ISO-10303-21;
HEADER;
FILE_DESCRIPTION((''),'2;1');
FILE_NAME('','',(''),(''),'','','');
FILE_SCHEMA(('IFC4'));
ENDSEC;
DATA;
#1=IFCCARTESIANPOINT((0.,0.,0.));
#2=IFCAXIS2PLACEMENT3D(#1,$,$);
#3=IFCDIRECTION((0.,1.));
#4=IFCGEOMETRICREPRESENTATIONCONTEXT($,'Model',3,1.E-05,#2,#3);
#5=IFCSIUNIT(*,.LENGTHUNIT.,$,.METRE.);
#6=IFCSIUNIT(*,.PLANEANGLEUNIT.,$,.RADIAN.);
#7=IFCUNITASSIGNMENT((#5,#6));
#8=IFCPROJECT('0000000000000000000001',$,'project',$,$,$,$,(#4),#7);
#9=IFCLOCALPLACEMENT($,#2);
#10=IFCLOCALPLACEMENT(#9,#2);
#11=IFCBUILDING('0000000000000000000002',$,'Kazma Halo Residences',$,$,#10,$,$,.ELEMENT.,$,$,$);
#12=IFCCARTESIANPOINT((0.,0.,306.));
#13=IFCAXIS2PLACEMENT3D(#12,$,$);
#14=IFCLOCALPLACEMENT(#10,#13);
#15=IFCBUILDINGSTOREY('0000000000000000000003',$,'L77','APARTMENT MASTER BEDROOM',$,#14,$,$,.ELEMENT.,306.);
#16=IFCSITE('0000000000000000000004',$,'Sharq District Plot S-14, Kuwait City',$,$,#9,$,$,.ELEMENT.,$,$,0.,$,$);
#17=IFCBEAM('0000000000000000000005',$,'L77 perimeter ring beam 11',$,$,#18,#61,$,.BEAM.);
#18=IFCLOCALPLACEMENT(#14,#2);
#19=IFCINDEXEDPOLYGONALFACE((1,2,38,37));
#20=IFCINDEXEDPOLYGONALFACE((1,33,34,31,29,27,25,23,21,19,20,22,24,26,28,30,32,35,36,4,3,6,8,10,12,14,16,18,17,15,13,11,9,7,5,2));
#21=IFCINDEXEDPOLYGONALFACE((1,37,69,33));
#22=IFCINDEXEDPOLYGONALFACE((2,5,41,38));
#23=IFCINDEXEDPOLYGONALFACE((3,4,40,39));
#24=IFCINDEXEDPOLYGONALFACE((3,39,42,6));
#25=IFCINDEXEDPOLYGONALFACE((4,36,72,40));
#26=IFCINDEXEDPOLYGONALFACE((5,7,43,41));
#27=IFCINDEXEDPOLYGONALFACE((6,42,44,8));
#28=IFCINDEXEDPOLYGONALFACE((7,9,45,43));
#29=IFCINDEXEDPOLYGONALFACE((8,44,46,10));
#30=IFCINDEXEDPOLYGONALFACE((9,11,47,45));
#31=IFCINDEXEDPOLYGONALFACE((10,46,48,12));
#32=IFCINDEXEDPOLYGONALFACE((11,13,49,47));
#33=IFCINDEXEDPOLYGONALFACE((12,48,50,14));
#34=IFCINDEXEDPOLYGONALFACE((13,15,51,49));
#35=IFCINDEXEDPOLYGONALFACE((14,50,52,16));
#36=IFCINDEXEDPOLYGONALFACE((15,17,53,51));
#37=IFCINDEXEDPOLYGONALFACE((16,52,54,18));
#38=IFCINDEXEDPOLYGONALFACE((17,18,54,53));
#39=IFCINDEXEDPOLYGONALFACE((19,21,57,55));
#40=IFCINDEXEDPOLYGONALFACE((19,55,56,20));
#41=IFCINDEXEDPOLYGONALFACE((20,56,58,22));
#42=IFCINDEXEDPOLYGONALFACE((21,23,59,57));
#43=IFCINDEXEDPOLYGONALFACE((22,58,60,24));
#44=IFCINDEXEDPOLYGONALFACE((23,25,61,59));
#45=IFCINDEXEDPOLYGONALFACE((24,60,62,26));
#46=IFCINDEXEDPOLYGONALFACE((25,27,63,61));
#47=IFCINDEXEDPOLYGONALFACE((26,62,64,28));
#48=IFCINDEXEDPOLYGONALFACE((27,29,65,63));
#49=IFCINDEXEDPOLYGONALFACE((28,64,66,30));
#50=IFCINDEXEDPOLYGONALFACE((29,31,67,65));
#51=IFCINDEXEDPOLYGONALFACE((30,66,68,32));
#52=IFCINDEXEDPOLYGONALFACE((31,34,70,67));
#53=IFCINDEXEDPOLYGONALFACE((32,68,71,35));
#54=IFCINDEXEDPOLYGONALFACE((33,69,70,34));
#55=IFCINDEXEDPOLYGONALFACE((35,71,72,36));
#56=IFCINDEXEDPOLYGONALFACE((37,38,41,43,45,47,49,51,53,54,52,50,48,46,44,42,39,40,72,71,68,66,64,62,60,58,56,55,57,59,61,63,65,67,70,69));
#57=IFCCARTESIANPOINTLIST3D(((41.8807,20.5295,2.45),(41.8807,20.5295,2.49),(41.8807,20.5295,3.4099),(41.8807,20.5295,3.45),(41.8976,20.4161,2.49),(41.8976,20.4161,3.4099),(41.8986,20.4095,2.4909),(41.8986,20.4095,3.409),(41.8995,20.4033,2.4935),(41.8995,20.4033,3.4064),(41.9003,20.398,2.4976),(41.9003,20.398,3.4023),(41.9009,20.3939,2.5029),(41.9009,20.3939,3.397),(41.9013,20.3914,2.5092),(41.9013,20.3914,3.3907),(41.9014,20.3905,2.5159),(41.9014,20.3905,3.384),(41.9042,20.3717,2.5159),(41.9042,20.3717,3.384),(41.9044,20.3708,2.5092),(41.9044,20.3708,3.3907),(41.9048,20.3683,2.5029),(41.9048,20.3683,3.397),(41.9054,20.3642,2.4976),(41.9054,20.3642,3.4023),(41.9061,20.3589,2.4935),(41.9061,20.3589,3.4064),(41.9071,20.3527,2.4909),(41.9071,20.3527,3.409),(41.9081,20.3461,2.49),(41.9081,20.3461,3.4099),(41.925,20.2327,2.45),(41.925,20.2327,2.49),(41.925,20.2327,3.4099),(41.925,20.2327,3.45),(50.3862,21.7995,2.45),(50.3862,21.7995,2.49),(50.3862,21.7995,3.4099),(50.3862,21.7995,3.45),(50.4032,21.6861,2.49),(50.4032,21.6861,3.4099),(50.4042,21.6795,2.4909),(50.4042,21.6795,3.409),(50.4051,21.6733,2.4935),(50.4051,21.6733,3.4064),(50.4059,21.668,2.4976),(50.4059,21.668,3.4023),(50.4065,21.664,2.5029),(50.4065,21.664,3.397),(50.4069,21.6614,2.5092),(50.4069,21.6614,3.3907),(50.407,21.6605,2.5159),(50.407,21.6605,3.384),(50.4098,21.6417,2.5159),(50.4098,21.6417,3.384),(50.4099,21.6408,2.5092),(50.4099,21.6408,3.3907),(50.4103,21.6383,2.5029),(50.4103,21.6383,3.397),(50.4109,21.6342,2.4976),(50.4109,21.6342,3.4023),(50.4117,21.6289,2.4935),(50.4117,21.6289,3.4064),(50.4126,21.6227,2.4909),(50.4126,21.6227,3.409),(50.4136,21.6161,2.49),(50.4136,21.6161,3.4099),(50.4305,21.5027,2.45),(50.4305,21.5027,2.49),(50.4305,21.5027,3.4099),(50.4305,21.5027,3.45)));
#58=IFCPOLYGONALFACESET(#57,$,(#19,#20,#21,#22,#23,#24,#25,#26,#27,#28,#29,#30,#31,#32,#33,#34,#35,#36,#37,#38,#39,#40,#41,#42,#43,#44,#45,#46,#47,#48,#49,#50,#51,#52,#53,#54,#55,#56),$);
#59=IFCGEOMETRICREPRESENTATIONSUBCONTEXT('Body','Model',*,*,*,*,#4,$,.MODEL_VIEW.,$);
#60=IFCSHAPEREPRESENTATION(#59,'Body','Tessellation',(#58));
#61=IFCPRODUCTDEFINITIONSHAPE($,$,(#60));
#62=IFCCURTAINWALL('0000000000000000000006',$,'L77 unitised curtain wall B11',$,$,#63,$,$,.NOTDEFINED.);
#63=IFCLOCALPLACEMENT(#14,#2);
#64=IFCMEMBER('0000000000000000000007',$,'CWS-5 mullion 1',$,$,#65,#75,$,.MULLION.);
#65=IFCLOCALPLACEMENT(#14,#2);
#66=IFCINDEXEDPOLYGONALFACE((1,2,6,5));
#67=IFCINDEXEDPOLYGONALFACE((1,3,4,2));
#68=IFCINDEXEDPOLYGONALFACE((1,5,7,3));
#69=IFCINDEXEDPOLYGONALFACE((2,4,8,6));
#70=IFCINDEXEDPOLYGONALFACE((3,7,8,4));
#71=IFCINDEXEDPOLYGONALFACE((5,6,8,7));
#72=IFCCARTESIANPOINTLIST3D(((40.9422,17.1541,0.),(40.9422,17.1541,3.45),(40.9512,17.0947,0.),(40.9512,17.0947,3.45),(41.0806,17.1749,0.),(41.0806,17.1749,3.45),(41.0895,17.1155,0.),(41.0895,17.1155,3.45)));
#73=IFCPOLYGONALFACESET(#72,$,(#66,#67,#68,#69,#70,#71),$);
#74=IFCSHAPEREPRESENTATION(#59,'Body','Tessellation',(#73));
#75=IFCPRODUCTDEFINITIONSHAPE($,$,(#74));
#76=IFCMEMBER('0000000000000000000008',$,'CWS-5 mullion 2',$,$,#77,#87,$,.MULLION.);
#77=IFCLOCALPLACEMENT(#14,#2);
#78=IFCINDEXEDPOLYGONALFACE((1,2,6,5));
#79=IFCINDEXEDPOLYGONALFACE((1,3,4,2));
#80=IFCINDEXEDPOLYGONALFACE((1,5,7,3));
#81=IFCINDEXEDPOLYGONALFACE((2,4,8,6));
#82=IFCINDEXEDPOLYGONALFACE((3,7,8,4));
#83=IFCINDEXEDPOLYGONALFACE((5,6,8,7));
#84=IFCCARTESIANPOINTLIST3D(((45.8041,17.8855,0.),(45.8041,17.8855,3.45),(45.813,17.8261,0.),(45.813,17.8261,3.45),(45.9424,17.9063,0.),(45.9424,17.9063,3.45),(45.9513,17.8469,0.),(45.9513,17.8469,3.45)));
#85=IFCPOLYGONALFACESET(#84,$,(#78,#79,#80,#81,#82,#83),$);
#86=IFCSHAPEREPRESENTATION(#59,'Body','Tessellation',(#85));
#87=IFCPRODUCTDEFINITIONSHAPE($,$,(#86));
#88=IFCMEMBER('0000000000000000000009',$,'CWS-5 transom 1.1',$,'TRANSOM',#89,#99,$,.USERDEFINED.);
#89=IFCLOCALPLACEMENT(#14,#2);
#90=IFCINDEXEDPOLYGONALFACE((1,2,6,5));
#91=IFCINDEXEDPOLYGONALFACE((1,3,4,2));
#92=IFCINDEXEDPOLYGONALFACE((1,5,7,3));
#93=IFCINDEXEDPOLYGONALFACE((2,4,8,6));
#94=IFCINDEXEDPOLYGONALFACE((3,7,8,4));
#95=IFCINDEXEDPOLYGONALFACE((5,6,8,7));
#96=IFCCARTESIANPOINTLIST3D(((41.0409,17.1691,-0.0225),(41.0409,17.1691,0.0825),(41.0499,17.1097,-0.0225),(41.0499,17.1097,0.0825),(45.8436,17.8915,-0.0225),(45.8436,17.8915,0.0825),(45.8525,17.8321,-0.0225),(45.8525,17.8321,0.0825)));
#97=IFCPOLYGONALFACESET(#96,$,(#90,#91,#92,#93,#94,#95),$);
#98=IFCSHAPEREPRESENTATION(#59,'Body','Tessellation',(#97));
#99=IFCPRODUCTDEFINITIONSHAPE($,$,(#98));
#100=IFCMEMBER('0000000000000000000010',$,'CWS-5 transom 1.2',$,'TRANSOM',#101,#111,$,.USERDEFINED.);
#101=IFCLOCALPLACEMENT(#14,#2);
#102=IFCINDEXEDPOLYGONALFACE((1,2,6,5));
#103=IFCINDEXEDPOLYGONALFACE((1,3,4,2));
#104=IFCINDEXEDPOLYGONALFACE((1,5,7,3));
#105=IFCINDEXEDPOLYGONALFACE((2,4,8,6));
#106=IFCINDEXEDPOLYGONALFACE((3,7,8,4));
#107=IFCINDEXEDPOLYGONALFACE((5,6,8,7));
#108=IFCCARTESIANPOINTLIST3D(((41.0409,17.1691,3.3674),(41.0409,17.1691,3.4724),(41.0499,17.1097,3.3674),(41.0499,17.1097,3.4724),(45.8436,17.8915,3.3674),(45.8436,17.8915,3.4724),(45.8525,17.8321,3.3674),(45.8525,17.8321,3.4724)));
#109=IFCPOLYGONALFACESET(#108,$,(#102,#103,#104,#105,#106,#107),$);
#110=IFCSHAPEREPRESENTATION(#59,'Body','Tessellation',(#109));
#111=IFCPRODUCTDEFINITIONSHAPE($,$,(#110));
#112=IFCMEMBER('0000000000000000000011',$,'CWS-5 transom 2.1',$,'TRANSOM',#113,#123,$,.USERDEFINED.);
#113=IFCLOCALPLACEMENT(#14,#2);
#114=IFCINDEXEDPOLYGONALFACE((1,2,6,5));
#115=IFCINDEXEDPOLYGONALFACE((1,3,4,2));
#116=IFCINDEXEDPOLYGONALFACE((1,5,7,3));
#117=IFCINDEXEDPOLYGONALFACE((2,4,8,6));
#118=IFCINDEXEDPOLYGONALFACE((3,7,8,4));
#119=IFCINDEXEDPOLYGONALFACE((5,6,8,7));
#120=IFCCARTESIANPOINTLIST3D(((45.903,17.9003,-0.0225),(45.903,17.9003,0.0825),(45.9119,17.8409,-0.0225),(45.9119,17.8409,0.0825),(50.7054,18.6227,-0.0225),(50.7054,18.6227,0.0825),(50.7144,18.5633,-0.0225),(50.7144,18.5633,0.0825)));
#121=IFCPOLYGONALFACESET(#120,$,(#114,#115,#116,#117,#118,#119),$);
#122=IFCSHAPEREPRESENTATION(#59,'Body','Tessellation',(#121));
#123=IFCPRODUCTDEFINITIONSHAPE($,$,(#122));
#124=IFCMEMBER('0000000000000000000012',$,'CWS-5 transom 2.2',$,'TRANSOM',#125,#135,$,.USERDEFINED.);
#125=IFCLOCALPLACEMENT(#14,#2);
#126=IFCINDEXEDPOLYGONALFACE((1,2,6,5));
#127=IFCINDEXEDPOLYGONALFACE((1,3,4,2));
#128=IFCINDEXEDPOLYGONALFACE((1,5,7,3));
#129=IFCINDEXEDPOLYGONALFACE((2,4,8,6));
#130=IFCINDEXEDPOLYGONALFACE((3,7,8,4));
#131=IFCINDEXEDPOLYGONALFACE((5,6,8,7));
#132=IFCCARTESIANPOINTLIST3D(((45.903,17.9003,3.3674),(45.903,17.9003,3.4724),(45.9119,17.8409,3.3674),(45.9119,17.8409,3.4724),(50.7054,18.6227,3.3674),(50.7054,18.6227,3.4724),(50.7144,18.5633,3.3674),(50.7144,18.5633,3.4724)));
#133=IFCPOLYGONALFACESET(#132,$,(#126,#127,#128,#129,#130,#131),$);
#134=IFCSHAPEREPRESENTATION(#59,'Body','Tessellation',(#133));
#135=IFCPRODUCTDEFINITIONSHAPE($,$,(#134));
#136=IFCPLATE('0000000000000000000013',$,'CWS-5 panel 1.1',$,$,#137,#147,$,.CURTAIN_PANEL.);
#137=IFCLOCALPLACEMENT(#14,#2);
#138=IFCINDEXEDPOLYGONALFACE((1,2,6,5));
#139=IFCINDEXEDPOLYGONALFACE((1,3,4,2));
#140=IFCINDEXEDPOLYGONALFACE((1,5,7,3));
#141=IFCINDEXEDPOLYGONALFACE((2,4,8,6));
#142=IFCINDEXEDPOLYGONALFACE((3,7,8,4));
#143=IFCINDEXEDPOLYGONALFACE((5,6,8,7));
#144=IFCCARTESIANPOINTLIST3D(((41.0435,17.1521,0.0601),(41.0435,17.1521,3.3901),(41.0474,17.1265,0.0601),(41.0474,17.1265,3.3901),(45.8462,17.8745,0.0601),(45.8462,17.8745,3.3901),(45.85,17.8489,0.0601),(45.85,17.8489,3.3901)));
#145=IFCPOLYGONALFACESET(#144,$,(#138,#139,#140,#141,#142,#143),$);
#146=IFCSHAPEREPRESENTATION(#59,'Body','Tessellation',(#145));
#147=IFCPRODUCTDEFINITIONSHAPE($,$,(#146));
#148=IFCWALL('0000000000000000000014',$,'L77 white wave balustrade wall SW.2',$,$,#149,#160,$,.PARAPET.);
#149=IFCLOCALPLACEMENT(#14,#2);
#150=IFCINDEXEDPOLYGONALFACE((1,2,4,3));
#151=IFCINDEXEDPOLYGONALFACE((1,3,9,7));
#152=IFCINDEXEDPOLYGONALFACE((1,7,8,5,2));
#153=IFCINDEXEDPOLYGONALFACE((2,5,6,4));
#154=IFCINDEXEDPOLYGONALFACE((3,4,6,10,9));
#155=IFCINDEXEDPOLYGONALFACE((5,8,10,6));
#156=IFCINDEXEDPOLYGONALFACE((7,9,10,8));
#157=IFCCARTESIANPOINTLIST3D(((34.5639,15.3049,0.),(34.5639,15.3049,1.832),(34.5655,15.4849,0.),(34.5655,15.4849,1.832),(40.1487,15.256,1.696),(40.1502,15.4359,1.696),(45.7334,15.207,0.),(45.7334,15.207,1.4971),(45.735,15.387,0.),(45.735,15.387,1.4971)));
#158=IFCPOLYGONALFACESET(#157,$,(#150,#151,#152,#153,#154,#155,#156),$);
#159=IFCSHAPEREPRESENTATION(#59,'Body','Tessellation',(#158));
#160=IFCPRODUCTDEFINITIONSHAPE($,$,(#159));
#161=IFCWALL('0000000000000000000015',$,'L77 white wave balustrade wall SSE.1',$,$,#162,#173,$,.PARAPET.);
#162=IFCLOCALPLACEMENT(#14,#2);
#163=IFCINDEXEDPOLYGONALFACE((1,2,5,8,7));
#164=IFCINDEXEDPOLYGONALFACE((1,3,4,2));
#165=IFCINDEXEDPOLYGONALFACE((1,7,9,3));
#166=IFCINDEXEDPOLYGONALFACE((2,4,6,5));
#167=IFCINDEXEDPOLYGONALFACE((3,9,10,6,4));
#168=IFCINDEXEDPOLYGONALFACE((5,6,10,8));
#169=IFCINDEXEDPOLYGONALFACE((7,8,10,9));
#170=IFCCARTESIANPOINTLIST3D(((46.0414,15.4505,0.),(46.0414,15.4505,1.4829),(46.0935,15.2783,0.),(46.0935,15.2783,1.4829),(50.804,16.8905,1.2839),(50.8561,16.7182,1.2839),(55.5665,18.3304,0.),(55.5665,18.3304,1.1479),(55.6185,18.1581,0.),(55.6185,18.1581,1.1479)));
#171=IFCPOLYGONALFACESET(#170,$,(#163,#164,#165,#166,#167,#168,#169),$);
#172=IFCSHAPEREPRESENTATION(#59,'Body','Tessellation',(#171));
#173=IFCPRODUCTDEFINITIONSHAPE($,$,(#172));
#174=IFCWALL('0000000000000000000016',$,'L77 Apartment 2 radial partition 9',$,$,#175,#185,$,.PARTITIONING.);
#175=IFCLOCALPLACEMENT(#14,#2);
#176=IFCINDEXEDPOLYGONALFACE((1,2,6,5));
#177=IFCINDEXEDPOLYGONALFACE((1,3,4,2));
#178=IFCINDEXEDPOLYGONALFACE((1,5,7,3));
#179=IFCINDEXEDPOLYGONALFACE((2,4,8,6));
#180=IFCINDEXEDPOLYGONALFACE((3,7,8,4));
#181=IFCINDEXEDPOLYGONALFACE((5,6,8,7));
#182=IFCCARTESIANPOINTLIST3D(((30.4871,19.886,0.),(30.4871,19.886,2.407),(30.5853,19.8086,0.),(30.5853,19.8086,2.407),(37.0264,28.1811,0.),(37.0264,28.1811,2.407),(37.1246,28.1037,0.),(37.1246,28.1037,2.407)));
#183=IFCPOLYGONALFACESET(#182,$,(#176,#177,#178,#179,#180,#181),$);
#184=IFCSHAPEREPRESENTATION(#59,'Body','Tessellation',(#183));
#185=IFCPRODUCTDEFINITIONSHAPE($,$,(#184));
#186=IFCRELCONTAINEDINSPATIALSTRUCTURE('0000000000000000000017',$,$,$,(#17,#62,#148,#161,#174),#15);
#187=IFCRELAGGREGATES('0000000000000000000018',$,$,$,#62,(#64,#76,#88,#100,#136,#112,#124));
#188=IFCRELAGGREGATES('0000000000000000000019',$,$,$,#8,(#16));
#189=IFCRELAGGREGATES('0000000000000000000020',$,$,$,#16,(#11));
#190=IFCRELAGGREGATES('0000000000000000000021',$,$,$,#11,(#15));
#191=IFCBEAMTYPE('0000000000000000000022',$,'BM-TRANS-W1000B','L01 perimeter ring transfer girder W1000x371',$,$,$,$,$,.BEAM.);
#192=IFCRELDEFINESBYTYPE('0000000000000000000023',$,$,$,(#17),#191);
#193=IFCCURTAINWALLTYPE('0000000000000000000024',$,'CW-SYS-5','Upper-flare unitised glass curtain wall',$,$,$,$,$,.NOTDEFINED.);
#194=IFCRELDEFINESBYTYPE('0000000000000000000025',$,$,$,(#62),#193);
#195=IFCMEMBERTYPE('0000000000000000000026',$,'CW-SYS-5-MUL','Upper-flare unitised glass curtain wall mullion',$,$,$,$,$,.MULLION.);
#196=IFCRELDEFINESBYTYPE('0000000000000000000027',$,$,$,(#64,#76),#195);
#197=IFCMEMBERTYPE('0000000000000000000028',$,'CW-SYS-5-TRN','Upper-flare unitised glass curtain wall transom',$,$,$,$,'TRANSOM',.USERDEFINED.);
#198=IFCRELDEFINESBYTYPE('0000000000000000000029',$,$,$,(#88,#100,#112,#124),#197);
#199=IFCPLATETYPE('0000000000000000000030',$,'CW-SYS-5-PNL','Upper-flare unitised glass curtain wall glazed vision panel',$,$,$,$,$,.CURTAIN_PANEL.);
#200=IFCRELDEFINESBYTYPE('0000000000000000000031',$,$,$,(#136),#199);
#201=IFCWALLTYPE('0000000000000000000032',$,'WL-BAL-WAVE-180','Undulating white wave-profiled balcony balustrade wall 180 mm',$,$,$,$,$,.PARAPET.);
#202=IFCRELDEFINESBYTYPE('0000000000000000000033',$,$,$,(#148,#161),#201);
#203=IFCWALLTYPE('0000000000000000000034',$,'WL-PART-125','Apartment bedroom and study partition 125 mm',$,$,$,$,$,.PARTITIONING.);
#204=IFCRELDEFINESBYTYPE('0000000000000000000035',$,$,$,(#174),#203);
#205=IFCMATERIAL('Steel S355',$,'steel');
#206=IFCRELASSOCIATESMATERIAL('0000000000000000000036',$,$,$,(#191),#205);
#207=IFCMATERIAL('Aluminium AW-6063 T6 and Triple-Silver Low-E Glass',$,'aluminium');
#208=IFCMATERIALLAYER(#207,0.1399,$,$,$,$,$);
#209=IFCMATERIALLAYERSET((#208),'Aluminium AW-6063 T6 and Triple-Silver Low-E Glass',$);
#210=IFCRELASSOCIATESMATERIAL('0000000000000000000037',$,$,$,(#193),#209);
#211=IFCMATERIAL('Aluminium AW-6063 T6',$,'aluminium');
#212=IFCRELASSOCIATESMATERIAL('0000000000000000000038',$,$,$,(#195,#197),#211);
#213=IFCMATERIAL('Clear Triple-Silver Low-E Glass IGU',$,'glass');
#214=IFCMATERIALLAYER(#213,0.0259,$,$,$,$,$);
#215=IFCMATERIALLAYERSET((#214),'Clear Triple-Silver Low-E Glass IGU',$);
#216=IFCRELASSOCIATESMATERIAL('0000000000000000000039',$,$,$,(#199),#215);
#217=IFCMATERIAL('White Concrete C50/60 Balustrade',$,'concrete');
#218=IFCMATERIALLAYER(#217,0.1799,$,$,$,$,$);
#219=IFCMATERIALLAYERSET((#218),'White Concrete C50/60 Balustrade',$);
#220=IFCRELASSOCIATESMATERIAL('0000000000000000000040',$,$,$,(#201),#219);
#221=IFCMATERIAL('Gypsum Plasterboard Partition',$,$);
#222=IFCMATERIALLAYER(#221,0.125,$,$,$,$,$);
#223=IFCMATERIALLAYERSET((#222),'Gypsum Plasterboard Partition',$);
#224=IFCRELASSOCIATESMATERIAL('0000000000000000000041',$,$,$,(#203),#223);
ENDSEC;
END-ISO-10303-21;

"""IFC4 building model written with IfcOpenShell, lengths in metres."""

from ifc_helpers import new_model, si_unit, direction, frame, frame_2d, origin, origin_2d, place, context, subcontext, project, spatial, polyline, rectangle, i_section, outline, extrude, material, layer, layer_set, material_profile, profile_set, type_object, element, aggregate, save


model = new_model("IFC4")

# Units and contexts
model_context = context("Model", 3, precision=1e-05, world=origin(), true_north=direction((0.0, 1.0)))
body_context = subcontext(model_context, "Body", "Model", "MODEL_VIEW")
ifc_project = project(units=[si_unit("LENGTHUNIT", "METRE"), si_unit("PLANEANGLEUNIT", "RADIAN")], contexts=[model_context])

# Site, building, storey
site_placement = place(None, origin())
site = spatial("IfcSite", under=ifc_project, at=site_placement, Name="Sharq District Plot S-14, Kuwait City", CompositionType="ELEMENT", RefElevation=0.0)
building_placement = place(site_placement, origin())
building = spatial("IfcBuilding", under=site, at=building_placement, Name="Kazma Halo Residences", CompositionType="ELEMENT")
storey_placement = place(building_placement, frame((0.0, 0.0, 306.0)))
storey = spatial("IfcBuildingStorey", under=building, at=storey_placement, Name="L77", Description="APARTMENT MASTER BEDROOM", CompositionType="ELEMENT", Elevation=306.0)

# Beam
ifc_material_1 = material(Name="Steel S355", Category="steel")
ifc_material_profile_1 = material_profile(ifc_material_1, i_section(OverallWidth=0.3, OverallDepth=1.0, WebThickness=0.019, FlangeThickness=0.04, FilletRadius=0.0259, at=origin_2d()), Name="W1000x371")
ifc_profile_set_1 = profile_set([ifc_material_profile_1], Name="Steel S355")
beam_type_1 = type_object("IfcBeamType", Name="BM-TRANS-W1000B", Description="L01 perimeter ring transfer girder W1000x371", PredefinedType="BEAM", material=ifc_profile_set_1)
beam_1_placement = place(storey_placement, frame((41.9028, 20.3811, 2.95), z_axis=(0.989035, 0.147678, 0.0), x_axis=(-0.147678, 0.989035, 0.0)))
element("IfcBeam", 1, at=beam_1_placement, inside=storey, type_object=beam_type_1, Name="L77 perimeter ring beam 11", PredefinedType="BEAM", context=body_context, shape_type="SweptSolid", body=[
    extrude(i_section(OverallWidth=0.3, OverallDepth=1.0, WebThickness=0.019, FlangeThickness=0.04, FilletRadius=0.0259, at=origin_2d()), origin(), (0.0, 0.0, 1.0), 8.5999),
])

# Curtain wall, members, plate
ifc_material_2 = material(Name="Aluminium AW-6063 T6 and Triple-Silver Low-E Glass", Category="aluminium")
ifc_layer_1 = layer(ifc_material_2, 0.1399)
ifc_layer_set_1 = layer_set([ifc_layer_1], Name="Aluminium AW-6063 T6 and Triple-Silver Low-E Glass")
curtain_wall_type = type_object("IfcCurtainWallType", Name="CW-SYS-5", Description="Upper-flare unitised glass curtain wall", PredefinedType="NOTDEFINED", material=ifc_layer_set_1)
curtain_wall_placement = place(storey_placement, origin())
curtain_wall = element("IfcCurtainWall", 2, at=curtain_wall_placement, inside=storey, type_object=curtain_wall_type, Name="L77 unitised curtain wall B11", PredefinedType="NOTDEFINED")
ifc_material_3 = material(Name="Aluminium AW-6063 T6", Category="aluminium")
ifc_material_profile_2 = material_profile(ifc_material_3, rectangle(XDim=0.0601, YDim=0.1399, at=origin_2d()), Name="CWM-60x140")
ifc_profile_set_2 = profile_set([ifc_material_profile_2], Name="Aluminium AW-6063 T6")
member_type_1 = type_object("IfcMemberType", Name="CW-SYS-5-MUL", Description="Upper-flare unitised glass curtain wall mullion", PredefinedType="MULLION", material=ifc_profile_set_2)
member_1_placement = place(storey_placement, frame((41.0159, 17.1348, 0.0), z_axis=(0.0, 0.0, 1.0), x_axis=(-0.148748, 0.988875, 0.0)))
member_1 = element("IfcMember", 3, at=member_1_placement, type_object=member_type_1, Name="CWS-5 mullion 1", PredefinedType="MULLION", context=body_context, shape_type="SweptSolid", body=[
    extrude(rectangle(XDim=0.0601, YDim=0.1399, at=origin_2d()), origin(), (0.0, 0.0, 1.0), 3.45),
])
member_2_placement = place(storey_placement, frame((45.8777, 17.8662, 0.0), z_axis=(0.0, 0.0, 1.0), x_axis=(-0.148748, 0.988875, 0.0)))
member_2 = element("IfcMember", 4, at=member_2_placement, type_object=member_type_1, Name="CWS-5 mullion 2", PredefinedType="MULLION", context=body_context, shape_type="SweptSolid", body=[
    extrude(rectangle(XDim=0.0601, YDim=0.1399, at=origin_2d()), origin(), (0.0, 0.0, 1.0), 3.45),
])
ifc_material_profile_3 = material_profile(ifc_material_3, rectangle(XDim=0.0601, YDim=0.105, at=origin_2d()), Name="CWT-60x105")
ifc_profile_set_3 = profile_set([ifc_material_profile_3], Name="Aluminium AW-6063 T6")
member_type_2 = type_object("IfcMemberType", Name="CW-SYS-5-TRN", Description="Upper-flare unitised glass curtain wall transom", ElementType="TRANSOM", PredefinedType="USERDEFINED", material=ifc_profile_set_3)
member_3_placement = place(storey_placement, frame((41.0454, 17.1394, 0.03), z_axis=(0.988876, 0.148744, 0.0), x_axis=(-0.148744, 0.988876, 0.0)))
member_3 = element("IfcMember", 5, at=member_3_placement, type_object=member_type_2, Name="CWS-5 transom 1.1", ObjectType="TRANSOM", PredefinedType="USERDEFINED", context=body_context, shape_type="SweptSolid", body=[
    extrude(rectangle(XDim=0.0601, YDim=0.105, at=origin_2d()), origin(), (0.0, 0.0, 1.0), 4.8567),
])
member_4_placement = place(storey_placement, frame((41.0454, 17.1394, 3.4199), z_axis=(0.988876, 0.148744, 0.0), x_axis=(-0.148744, 0.988876, 0.0)))
member_4 = element("IfcMember", 6, at=member_4_placement, type_object=member_type_2, Name="CWS-5 transom 1.2", ObjectType="TRANSOM", PredefinedType="USERDEFINED", context=body_context, shape_type="SweptSolid", body=[
    extrude(rectangle(XDim=0.0601, YDim=0.105, at=origin_2d()), origin(), (0.0, 0.0, 1.0), 4.8567),
])
member_5_placement = place(storey_placement, frame((45.9075, 17.8706, 0.03), z_axis=(0.988875, 0.148751, 0.0), x_axis=(-0.148751, 0.988875, 0.0)))
member_5 = element("IfcMember", 7, at=member_5_placement, type_object=member_type_2, Name="CWS-5 transom 2.1", ObjectType="TRANSOM", PredefinedType="USERDEFINED", context=body_context, shape_type="SweptSolid", body=[
    extrude(rectangle(XDim=0.0601, YDim=0.105, at=origin_2d()), origin(), (0.0, 0.0, 1.0), 4.8564),
])
member_6_placement = place(storey_placement, frame((45.9075, 17.8706, 3.4199), z_axis=(0.988875, 0.148751, 0.0), x_axis=(-0.148751, 0.988875, 0.0)))
member_6 = element("IfcMember", 8, at=member_6_placement, type_object=member_type_2, Name="CWS-5 transom 2.2", ObjectType="TRANSOM", PredefinedType="USERDEFINED", context=body_context, shape_type="SweptSolid", body=[
    extrude(rectangle(XDim=0.0601, YDim=0.105, at=origin_2d()), origin(), (0.0, 0.0, 1.0), 4.8564),
])
ifc_material_4 = material(Name="Clear Triple-Silver Low-E Glass IGU", Category="glass")
ifc_layer_2 = layer(ifc_material_4, 0.0259)
ifc_layer_set_2 = layer_set([ifc_layer_2], Name="Clear Triple-Silver Low-E Glass IGU")
plate_type = type_object("IfcPlateType", Name="CW-SYS-5-PNL", Description="Upper-flare unitised glass curtain wall glazed vision panel", PredefinedType="CURTAIN_PANEL", material=ifc_layer_set_2)
plate_placement = place(storey_placement, frame((43.4468, 17.5005, 0.0601), z_axis=(0.0, 0.0, 1.0), x_axis=(0.988875, 0.148748, 0.0)))
plate = element("IfcPlate", 9, at=plate_placement, type_object=plate_type, Name="CWS-5 panel 1.1", PredefinedType="CURTAIN_PANEL", context=body_context, shape_type="SweptSolid", body=[
    extrude(rectangle(XDim=4.8567, YDim=0.0259, at=origin_2d()), origin(), (0.0, 0.0, 1.0), 3.3301),
])
aggregate(curtain_wall, [member_1, member_2, member_3, member_4, plate, member_5, member_6])

# Walls
ifc_material_5 = material(Name="White Concrete C50/60 Balustrade", Category="concrete")
ifc_layer_3 = layer(ifc_material_5, 0.1799)
ifc_layer_set_3 = layer_set([ifc_layer_3], Name="White Concrete C50/60 Balustrade")
wall_type_1 = type_object("IfcWallType", Name="WL-BAL-WAVE-180", Description="Undulating white wave-profiled balcony balustrade wall 180 mm", PredefinedType="PARAPET", material=ifc_layer_set_3)
wall_1_placement = place(storey_placement, frame((34.5647, 15.395, 0.0), z_axis=(0.0, 0.0, 1.0), x_axis=(0.999962, -0.008765, 0.0)))
element("IfcWall", 10, at=wall_1_placement, inside=storey, type_object=wall_type_1, Name="L77 white wave balustrade wall SW.2", PredefinedType="PARAPET", context=body_context, shape_type="SweptSolid", body=[
    extrude(outline(polyline([(0.0, 0.0), (11.1699, 0.0), (11.1699, 1.4971), (5.585, 1.696), (0.0, 1.832), (0.0, 0.0)])), frame((0.0, 0.0898, 0.0), z_axis=(0.0, -1.0, 0.0), x_axis=(1.0, 0.0, 0.0)), (0.0, 0.0, 1.0), 0.1799),
])
wall_2_placement = place(storey_placement, frame((46.0674, 15.3645, 0.0), z_axis=(0.0, 0.0, 1.0), x_axis=(0.957206, 0.289407, 0.0)))
element("IfcWall", 11, at=wall_2_placement, inside=storey, type_object=wall_type_1, Name="L77 white wave balustrade wall SSE.1", PredefinedType="PARAPET", context=body_context, shape_type="SweptSolid", body=[
    extrude(outline(polyline([(0.0, 0.0), (9.9509, 0.0), (9.9509, 1.1479), (4.9756, 1.2839), (0.0, 1.4829), (0.0, 0.0)])), frame((0.0, 0.0898, 0.0), z_axis=(0.0, -1.0, 0.0), x_axis=(1.0, 0.0, 0.0)), (0.0, 0.0, 1.0), 0.1799),
])
ifc_material_6 = material(Name="Gypsum Plasterboard Partition")
ifc_layer_4 = layer(ifc_material_6, 0.125)
ifc_layer_set_4 = layer_set([ifc_layer_4], Name="Gypsum Plasterboard Partition")
wall_type_2 = type_object("IfcWallType", Name="WL-PART-125", Description="Apartment bedroom and study partition 125 mm", PredefinedType="PARTITIONING", material=ifc_layer_set_4)
wall_3_placement = place(storey_placement, frame((37.0754, 28.1423, 0.0), z_axis=(0.0, 0.0, 1.0), x_axis=(-0.61909, -0.78532, 0.0)))
element("IfcWall", 12, at=wall_3_placement, inside=storey, type_object=wall_type_2, Name="L77 Apartment 2 radial partition 9", PredefinedType="PARTITIONING", context=body_context, shape_type="SweptSolid", body=[
    extrude(rectangle(XDim=10.5627, YDim=0.125, at=frame_2d((5.2812, 0.0))), origin(), (0.0, 0.0, 1.0), 2.407),
])

save(model, "model.ifc")
